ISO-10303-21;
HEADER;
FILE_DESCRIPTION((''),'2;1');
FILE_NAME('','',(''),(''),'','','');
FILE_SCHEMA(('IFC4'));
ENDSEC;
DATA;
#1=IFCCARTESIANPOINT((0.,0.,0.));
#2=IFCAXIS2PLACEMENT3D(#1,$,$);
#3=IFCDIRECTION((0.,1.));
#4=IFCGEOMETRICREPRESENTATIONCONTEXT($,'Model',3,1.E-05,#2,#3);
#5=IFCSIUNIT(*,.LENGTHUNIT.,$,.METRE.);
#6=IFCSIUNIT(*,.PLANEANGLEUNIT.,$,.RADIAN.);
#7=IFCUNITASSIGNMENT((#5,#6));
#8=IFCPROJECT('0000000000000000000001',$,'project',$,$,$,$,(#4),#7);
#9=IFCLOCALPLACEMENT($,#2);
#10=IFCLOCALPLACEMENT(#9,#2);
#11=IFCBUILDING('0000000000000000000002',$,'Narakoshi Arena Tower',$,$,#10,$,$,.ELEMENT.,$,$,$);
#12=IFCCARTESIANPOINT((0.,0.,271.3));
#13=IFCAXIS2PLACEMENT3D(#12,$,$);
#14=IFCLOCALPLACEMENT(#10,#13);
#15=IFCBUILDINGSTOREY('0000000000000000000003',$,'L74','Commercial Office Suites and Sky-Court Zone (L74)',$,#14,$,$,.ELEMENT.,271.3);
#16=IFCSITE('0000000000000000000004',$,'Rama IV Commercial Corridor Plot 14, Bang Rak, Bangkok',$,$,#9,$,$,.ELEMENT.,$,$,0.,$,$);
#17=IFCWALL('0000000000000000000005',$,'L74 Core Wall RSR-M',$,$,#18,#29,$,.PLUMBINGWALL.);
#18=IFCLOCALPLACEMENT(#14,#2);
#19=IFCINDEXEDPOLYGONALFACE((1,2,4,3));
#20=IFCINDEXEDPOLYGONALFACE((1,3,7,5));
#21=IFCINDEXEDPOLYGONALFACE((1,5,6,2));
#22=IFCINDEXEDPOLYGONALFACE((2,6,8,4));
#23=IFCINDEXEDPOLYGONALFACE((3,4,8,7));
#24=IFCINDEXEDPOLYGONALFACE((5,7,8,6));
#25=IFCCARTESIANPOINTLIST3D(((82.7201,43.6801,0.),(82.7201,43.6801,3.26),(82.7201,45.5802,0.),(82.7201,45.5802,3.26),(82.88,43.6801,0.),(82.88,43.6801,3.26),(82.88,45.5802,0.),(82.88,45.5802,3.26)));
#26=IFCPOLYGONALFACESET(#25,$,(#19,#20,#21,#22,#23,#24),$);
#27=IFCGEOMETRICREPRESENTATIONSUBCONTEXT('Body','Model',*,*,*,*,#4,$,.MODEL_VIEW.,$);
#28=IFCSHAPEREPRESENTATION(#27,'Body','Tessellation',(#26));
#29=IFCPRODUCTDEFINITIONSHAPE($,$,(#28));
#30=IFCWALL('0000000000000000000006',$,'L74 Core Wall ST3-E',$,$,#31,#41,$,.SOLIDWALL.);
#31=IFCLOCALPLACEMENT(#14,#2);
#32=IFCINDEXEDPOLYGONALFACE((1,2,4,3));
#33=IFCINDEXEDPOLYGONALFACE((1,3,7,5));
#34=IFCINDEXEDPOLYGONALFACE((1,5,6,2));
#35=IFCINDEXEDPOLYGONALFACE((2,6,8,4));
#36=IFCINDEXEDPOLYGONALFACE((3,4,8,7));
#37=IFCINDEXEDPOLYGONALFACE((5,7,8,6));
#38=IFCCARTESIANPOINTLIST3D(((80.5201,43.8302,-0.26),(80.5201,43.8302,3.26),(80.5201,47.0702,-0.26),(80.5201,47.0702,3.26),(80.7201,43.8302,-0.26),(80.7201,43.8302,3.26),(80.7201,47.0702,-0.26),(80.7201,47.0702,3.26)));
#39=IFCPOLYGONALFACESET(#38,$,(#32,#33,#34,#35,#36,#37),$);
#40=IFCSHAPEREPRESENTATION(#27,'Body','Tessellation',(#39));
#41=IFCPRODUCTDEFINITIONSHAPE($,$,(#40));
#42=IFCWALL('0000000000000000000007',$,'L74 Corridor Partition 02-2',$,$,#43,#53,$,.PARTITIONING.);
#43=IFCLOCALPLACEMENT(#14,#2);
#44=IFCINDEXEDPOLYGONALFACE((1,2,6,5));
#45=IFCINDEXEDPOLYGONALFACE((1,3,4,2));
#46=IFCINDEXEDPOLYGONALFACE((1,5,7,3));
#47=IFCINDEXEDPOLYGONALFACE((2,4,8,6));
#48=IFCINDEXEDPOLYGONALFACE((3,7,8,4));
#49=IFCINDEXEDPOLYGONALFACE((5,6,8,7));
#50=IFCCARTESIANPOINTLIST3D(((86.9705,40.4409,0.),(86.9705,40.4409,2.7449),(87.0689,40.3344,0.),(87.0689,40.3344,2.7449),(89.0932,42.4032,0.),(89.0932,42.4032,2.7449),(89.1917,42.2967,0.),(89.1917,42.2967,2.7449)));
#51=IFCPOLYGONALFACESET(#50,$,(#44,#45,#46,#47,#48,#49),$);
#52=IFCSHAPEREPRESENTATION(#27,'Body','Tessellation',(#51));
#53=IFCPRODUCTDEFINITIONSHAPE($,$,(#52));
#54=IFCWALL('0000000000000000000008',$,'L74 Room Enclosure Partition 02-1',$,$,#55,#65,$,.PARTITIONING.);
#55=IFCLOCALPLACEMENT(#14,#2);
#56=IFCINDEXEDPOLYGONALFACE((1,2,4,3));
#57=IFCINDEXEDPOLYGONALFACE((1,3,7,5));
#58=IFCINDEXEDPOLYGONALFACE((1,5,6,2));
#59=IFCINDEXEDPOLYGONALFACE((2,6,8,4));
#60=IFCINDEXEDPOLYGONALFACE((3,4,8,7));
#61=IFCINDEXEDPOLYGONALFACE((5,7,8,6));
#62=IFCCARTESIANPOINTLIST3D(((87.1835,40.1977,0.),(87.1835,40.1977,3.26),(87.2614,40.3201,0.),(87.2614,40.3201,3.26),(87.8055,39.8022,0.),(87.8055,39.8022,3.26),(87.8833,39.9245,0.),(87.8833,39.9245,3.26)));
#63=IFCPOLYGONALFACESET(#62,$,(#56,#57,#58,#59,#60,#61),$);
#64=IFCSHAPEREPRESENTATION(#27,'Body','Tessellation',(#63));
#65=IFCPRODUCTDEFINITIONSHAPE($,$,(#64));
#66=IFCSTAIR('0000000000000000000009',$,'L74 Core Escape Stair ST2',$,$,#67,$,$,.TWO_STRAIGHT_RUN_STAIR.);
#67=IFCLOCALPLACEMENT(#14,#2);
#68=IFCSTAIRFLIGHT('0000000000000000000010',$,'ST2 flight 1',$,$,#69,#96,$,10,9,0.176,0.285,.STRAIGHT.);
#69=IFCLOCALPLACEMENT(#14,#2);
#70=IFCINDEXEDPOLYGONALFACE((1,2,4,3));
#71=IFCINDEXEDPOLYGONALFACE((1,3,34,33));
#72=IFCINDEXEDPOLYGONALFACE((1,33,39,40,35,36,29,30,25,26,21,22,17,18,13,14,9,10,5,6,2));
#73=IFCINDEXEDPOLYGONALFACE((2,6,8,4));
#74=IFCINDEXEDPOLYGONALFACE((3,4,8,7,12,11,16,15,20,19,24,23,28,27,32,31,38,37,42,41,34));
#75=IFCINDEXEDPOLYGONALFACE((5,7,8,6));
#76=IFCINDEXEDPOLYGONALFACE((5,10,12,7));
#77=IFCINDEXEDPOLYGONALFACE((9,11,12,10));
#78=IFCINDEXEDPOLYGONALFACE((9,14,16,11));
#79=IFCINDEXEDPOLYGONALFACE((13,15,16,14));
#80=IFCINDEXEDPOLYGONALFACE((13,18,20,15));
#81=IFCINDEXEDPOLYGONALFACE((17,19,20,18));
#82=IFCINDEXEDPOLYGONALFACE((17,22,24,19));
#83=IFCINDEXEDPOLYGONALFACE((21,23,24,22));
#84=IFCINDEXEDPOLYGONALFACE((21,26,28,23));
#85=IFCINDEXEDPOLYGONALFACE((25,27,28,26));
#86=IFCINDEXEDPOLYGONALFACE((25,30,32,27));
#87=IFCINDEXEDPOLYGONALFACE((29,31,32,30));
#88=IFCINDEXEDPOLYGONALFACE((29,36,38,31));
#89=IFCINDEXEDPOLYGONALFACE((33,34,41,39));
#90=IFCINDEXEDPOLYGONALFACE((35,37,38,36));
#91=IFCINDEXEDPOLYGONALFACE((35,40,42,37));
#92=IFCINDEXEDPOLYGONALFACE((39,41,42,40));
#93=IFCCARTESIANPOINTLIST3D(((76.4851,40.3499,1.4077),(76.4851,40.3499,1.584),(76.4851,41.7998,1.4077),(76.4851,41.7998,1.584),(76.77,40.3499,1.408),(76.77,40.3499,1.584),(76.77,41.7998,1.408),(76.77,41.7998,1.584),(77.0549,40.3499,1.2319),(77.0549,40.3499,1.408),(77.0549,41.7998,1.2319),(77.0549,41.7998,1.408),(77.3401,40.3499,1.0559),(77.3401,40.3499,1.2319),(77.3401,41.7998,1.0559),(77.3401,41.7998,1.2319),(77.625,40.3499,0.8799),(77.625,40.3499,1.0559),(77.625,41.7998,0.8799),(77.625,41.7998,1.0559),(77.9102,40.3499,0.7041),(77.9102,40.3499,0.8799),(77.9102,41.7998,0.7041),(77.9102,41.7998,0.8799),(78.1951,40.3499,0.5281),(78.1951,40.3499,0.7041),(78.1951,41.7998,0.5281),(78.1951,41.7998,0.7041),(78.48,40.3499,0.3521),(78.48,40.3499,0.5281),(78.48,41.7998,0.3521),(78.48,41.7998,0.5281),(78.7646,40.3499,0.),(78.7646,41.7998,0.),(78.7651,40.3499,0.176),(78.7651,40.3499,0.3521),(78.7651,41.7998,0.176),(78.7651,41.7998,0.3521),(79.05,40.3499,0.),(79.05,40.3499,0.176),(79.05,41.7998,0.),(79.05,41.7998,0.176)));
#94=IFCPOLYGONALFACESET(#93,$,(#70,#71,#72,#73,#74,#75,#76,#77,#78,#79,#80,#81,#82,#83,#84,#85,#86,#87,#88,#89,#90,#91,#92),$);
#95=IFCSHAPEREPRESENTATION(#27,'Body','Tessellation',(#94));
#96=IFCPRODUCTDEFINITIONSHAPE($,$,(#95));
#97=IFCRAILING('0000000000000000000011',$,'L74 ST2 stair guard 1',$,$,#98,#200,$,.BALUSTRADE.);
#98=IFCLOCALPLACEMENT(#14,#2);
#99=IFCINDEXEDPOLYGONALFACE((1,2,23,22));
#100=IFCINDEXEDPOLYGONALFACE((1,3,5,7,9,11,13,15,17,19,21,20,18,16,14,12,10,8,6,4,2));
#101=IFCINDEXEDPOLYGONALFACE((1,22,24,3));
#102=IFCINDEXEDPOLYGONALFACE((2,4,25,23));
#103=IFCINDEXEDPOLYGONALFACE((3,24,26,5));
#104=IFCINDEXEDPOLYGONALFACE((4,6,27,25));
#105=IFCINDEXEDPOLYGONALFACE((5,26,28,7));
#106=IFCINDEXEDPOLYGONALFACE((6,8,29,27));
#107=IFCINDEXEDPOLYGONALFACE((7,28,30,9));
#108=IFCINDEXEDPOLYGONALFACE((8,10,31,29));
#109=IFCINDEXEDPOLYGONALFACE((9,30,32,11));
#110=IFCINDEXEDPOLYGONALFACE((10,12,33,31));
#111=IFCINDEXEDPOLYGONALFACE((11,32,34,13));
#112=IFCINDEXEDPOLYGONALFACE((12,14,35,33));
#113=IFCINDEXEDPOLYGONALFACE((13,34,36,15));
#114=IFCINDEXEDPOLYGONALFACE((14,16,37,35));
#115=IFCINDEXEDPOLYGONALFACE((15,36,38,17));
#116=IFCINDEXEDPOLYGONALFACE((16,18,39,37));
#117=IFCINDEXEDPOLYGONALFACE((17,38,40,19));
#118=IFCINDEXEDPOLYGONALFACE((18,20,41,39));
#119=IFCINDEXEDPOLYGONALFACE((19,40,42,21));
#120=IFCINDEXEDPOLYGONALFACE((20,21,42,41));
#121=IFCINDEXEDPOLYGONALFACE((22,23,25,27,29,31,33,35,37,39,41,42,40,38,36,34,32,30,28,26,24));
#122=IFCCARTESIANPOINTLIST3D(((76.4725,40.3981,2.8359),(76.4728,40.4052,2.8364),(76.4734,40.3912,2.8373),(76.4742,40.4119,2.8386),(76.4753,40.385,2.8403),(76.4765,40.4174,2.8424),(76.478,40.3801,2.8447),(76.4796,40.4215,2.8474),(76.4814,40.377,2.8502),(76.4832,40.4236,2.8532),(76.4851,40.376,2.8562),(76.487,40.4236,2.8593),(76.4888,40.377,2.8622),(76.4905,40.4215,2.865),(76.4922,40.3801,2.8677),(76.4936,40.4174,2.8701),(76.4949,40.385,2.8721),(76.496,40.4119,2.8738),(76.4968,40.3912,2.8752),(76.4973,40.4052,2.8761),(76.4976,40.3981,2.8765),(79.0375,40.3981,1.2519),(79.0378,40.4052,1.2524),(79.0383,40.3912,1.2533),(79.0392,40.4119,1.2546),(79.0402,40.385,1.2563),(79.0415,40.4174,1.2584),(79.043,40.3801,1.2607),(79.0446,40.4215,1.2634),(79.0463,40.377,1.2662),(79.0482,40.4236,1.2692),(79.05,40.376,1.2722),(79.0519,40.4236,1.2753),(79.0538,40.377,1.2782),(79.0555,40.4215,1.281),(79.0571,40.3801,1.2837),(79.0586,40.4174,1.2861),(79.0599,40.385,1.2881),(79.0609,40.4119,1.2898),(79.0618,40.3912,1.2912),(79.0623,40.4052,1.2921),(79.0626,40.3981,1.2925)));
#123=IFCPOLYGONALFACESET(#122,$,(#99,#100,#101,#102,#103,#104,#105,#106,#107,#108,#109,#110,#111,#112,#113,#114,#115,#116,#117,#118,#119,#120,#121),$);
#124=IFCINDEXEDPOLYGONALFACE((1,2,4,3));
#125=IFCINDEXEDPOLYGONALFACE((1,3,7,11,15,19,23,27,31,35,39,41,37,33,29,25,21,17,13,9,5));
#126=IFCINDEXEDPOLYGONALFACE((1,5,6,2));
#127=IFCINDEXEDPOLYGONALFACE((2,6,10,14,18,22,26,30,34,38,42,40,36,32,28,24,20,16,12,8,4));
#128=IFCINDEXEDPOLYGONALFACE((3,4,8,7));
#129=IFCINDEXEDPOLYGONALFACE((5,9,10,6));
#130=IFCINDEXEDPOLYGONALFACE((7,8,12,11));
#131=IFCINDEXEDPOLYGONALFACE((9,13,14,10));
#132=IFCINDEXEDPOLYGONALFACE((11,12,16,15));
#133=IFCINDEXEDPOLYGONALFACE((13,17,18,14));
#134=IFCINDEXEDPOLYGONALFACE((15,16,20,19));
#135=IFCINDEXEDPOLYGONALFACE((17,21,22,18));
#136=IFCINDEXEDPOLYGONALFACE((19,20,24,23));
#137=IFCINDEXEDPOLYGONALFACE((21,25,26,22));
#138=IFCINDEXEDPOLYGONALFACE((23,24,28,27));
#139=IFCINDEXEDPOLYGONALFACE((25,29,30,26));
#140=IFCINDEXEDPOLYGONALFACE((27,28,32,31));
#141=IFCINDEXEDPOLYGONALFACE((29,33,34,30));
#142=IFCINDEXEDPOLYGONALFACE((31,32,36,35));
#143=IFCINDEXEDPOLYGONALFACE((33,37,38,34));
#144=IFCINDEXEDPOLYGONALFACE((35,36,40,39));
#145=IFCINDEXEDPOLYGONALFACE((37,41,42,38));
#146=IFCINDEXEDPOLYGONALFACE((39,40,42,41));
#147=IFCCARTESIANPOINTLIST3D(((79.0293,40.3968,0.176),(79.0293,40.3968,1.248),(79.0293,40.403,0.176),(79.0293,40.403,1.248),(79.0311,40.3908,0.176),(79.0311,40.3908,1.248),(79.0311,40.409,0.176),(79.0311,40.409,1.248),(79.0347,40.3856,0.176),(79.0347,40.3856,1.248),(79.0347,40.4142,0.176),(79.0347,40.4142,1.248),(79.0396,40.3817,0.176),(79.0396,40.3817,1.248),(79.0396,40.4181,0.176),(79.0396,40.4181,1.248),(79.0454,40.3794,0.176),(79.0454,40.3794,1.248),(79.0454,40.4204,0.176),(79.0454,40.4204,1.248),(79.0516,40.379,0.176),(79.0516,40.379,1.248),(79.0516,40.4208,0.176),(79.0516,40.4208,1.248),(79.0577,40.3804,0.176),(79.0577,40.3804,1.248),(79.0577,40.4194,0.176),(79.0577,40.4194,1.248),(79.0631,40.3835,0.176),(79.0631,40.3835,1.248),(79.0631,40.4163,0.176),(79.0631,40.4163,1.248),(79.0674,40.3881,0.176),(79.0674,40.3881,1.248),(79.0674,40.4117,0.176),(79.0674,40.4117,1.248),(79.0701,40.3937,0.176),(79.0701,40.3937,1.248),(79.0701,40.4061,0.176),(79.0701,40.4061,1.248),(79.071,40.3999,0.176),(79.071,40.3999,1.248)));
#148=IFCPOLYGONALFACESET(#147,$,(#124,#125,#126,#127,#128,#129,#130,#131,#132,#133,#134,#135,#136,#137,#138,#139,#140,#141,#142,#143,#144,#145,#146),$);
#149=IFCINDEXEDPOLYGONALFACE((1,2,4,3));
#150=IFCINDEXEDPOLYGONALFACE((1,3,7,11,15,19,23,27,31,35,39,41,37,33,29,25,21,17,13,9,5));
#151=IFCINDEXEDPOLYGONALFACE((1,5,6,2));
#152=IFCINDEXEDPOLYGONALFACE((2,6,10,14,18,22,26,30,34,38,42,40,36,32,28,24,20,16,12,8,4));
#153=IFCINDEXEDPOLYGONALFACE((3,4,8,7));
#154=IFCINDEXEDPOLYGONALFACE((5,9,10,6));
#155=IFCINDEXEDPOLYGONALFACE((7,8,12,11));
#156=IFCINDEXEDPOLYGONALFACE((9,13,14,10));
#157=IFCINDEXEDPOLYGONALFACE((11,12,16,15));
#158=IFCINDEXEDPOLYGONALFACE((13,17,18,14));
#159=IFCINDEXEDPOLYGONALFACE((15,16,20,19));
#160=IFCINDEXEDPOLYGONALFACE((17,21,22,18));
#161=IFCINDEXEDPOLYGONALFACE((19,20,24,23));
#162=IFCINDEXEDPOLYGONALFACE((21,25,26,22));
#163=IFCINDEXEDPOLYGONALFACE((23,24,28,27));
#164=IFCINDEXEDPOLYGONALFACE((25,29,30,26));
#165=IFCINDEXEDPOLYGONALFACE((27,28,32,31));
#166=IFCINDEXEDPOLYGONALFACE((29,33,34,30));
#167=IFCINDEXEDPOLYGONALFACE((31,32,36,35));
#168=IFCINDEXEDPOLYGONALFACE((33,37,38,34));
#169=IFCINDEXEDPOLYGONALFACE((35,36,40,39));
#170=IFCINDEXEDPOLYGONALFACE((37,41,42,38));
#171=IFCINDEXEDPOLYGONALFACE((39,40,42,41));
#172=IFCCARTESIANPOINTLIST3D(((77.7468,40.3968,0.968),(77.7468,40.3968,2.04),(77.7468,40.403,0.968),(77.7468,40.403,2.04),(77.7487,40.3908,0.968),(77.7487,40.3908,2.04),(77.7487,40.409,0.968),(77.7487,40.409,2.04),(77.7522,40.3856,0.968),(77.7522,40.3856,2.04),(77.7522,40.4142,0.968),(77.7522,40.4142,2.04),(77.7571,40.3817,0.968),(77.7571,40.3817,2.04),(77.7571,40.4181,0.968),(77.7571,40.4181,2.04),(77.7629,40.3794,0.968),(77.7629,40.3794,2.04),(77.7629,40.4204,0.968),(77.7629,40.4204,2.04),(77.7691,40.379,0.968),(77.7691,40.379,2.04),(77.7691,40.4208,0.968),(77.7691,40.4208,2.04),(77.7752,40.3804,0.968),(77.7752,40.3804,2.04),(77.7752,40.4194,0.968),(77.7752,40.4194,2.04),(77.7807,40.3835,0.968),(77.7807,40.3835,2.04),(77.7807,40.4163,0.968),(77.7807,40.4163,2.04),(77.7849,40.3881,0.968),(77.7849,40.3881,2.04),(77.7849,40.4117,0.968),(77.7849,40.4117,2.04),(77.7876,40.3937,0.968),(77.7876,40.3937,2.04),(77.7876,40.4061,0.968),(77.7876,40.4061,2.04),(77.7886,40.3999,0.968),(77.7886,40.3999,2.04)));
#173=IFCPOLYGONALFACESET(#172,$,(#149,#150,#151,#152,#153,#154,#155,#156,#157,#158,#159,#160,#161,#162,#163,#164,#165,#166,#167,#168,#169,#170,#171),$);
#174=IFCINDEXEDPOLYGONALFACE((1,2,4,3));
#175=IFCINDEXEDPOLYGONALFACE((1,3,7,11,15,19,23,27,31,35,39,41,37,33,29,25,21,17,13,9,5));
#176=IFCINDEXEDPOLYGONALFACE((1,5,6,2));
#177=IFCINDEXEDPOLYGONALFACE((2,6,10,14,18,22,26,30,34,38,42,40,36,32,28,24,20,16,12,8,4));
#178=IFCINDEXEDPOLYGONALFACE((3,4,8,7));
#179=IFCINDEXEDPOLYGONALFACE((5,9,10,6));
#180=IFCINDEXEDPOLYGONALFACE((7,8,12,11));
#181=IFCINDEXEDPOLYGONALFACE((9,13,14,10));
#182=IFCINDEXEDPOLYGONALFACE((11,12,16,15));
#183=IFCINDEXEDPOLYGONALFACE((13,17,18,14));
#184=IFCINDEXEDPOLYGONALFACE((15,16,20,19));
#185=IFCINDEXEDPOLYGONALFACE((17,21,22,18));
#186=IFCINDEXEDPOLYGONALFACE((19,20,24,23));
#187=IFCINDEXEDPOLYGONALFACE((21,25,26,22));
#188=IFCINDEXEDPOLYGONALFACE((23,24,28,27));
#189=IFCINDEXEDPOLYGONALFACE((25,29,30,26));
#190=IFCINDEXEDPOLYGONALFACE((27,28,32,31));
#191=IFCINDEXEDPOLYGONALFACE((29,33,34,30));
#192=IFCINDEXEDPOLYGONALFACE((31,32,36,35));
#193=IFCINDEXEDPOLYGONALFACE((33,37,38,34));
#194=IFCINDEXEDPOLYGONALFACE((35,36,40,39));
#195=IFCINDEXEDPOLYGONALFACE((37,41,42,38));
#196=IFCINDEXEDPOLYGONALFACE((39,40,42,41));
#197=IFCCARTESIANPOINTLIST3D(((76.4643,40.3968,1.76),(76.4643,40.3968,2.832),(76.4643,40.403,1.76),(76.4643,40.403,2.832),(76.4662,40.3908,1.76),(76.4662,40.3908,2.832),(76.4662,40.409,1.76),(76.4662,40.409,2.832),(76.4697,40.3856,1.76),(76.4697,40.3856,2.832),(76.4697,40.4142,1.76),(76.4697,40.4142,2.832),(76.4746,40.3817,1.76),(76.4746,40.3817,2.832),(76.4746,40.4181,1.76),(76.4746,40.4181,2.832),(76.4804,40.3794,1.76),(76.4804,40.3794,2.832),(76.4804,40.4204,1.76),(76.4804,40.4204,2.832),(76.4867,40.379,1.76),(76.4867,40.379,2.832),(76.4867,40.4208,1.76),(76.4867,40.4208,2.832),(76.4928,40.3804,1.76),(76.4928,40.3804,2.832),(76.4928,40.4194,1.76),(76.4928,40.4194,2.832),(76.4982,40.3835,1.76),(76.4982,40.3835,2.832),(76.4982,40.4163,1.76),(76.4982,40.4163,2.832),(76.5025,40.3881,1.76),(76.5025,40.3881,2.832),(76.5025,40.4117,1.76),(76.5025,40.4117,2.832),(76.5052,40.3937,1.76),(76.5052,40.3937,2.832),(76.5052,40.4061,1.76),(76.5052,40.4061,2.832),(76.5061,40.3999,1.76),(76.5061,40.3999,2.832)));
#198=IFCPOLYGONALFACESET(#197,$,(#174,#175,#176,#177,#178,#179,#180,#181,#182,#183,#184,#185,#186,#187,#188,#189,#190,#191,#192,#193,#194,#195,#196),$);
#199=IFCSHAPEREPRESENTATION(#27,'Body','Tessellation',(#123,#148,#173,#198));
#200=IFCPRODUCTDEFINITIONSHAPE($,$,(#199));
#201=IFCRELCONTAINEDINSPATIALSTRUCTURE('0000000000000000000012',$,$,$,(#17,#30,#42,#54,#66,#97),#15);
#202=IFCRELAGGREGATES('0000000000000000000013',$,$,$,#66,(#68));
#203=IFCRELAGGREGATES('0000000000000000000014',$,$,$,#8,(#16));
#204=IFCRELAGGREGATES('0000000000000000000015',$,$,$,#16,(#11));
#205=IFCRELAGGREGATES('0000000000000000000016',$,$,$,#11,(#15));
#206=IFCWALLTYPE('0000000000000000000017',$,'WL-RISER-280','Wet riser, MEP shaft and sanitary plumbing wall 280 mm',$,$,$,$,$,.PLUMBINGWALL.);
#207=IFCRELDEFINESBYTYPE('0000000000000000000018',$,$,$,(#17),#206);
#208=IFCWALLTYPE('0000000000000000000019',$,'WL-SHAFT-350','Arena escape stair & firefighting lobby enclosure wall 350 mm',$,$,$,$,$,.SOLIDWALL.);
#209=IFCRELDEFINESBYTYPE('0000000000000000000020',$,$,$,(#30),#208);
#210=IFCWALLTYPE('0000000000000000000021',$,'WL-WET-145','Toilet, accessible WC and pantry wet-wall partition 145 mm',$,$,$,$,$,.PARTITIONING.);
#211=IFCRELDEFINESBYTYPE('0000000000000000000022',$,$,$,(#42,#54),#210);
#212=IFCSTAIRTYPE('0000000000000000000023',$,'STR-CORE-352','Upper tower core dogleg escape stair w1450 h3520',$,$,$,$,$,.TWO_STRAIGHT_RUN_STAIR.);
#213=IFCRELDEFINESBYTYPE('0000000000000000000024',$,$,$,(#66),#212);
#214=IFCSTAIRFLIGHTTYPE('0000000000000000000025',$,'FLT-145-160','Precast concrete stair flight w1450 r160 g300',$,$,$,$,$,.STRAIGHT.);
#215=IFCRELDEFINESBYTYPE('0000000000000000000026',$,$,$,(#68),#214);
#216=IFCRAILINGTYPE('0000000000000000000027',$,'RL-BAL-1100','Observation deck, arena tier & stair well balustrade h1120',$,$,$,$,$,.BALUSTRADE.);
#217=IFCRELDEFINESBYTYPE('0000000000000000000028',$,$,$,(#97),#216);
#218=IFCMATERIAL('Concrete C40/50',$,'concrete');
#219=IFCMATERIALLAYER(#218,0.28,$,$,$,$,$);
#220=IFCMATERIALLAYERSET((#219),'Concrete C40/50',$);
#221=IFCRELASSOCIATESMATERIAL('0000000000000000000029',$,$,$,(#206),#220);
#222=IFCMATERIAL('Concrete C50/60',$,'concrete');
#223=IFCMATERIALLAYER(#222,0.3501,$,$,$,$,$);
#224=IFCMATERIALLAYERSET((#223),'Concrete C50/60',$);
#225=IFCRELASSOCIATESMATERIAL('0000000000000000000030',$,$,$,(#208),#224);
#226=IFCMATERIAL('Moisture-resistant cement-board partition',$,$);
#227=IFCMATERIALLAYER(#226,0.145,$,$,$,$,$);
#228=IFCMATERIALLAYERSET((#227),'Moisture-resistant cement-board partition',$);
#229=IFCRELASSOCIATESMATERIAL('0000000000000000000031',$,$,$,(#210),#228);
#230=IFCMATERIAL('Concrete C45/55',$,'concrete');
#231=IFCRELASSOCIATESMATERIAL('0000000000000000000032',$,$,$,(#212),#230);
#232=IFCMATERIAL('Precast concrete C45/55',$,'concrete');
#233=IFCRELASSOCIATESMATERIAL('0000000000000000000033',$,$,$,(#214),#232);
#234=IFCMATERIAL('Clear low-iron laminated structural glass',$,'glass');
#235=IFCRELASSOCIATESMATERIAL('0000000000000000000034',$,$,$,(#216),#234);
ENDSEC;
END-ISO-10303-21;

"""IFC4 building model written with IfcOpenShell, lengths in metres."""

from ifc_helpers import new_model, si_unit, direction, frame, frame_2d, origin, origin_2d, place, context, subcontext, project, spatial, polyline, rectangle, circle, outline, extrude, material, layer, layer_set, type_object, element, aggregate, save


model = new_model("IFC4")

# Units and contexts
model_context = context("Model", 3, precision=1e-05, world=origin(), true_north=direction((0.0, 1.0)))
body_context = subcontext(model_context, "Body", "Model", "MODEL_VIEW")
ifc_project = project(units=[si_unit("LENGTHUNIT", "METRE"), si_unit("PLANEANGLEUNIT", "RADIAN")], contexts=[model_context])

# Site, building, storey
site_placement = place(None, origin())
site = spatial("IfcSite", under=ifc_project, at=site_placement, Name="Rama IV Commercial Corridor Plot 14, Bang Rak, Bangkok", CompositionType="ELEMENT", RefElevation=0.0)
building_placement = place(site_placement, origin())
building = spatial("IfcBuilding", under=site, at=building_placement, Name="Narakoshi Arena Tower", CompositionType="ELEMENT")
storey_placement = place(building_placement, frame((0.0, 0.0, 271.3)))
storey = spatial("IfcBuildingStorey", under=building, at=storey_placement, Name="L74", Description="Commercial Office Suites and Sky-Court Zone (L74)", CompositionType="ELEMENT", Elevation=271.3)

# Shared definitions
ifc_material_1 = material(Name="Concrete C50/60", Category="concrete")

# Walls
ifc_material_2 = material(Name="Concrete C40/50", Category="concrete")
ifc_layer_1 = layer(ifc_material_2, 0.28)
ifc_layer_set_1 = layer_set([ifc_layer_1], Name="Concrete C40/50")
wall_type_1 = type_object("IfcWallType", Name="WL-RISER-280", Description="Wet riser, MEP shaft and sanitary plumbing wall 280 mm", PredefinedType="PLUMBINGWALL", material=ifc_layer_set_1)
wall_1_placement = place(storey_placement, frame((82.8, 43.6799, 0.0), z_axis=(0.0, 0.0, 1.0), x_axis=(0.0, 1.0, 0.0)))
element("IfcWall", 1, at=wall_1_placement, inside=storey, type_object=wall_type_1, Name="L74 Core Wall RSR-M", PredefinedType="PLUMBINGWALL", context=body_context, shape_type="SweptSolid", body=[
    extrude(rectangle(XDim=1.9001, YDim=0.1599, at=frame_2d((0.9502, 0.0))), origin(), (0.0, 0.0, 1.0), 3.26),
])
ifc_layer_2 = layer(ifc_material_1, 0.3501)
ifc_layer_set_2 = layer_set([ifc_layer_2], Name="Concrete C50/60")
wall_type_2 = type_object("IfcWallType", Name="WL-SHAFT-350", Description="Arena escape stair & firefighting lobby enclosure wall 350 mm", PredefinedType="SOLIDWALL", material=ifc_layer_set_2)
wall_2_placement = place(storey_placement, frame((80.6201, 43.8301, -0.26), z_axis=(0.0, 0.0, 1.0), x_axis=(0.0, 1.0, 0.0)))
element("IfcWall", 2, at=wall_2_placement, inside=storey, type_object=wall_type_2, Name="L74 Core Wall ST3-E", PredefinedType="SOLIDWALL", context=body_context, shape_type="SweptSolid", body=[
    extrude(rectangle(XDim=3.24, YDim=0.2, at=frame_2d((1.6201, 0.0))), origin(), (0.0, 0.0, 1.0), 3.52),
])

# Shared definitions
ifc_material_3 = material(Name="Moisture-resistant cement-board partition")
ifc_layer_3 = layer(ifc_material_3, 0.145)
ifc_layer_set_3 = layer_set([ifc_layer_3], Name="Moisture-resistant cement-board partition")
wall_type_3 = type_object("IfcWallType", Name="WL-WET-145", Description="Toilet, accessible WC and pantry wet-wall partition 145 mm", PredefinedType="PARTITIONING", material=ifc_layer_set_3)

# Walls
wall_3_placement = place(storey_placement, frame((87.0198, 40.3877, 0.0), z_axis=(0.0, 0.0, 1.0), x_axis=(0.734305, 0.67882, 0.0)))
element("IfcWall", 3, at=wall_3_placement, inside=storey, type_object=wall_type_3, Name="L74 Corridor Partition 02-2", PredefinedType="PARTITIONING", context=body_context, shape_type="SweptSolid", body=[
    extrude(rectangle(XDim=2.8909, YDim=0.145, at=frame_2d((1.4453, 0.0))), origin(), (0.0, 0.0, 1.0), 2.7449),
])
wall_4_placement = place(storey_placement, frame((87.8445, 39.8633, 0.0), z_axis=(0.0, 0.0, 1.0), x_axis=(-0.843784, 0.536683, 0.0)))
element("IfcWall", 4, at=wall_4_placement, inside=storey, type_object=wall_type_3, Name="L74 Room Enclosure Partition 02-1", PredefinedType="PARTITIONING", context=body_context, shape_type="SweptSolid", body=[
    extrude(rectangle(XDim=0.7371, YDim=0.145, at=frame_2d((0.3687, 0.0))), origin(), (0.0, 0.0, 1.0), 3.26),
])

# Stair, stair flight
ifc_material_4 = material(Name="Concrete C45/55", Category="concrete")
stair_type = type_object("IfcStairType", Name="STR-CORE-352", Description="Upper tower core dogleg escape stair w1450 h3520", PredefinedType="TWO_STRAIGHT_RUN_STAIR", material=ifc_material_4)
stair_placement = place(storey_placement, origin())
stair = element("IfcStair", 5, at=stair_placement, inside=storey, type_object=stair_type, Name="L74 Core Escape Stair ST2", PredefinedType="TWO_STRAIGHT_RUN_STAIR")
ifc_material_5 = material(Name="Precast concrete C45/55", Category="concrete")
stair_flight_type = type_object("IfcStairFlightType", Name="FLT-145-160", Description="Precast concrete stair flight w1450 r160 g300", PredefinedType="STRAIGHT", material=ifc_material_5)
stair_flight_placement = place(storey_placement, frame((79.05, 41.075, 0.0), z_axis=(0.0, 0.0, 1.0), x_axis=(-1.0, 0.0, 0.0)))
stair_flight = element("IfcStairFlight", 6, at=stair_flight_placement, type_object=stair_flight_type, Name="ST2 flight 1", NumberOfRisers=10, NumberOfTreads=9, PredefinedType="STRAIGHT", RiserHeight=0.176, TreadLength=0.285, context=body_context, shape_type="SweptSolid", body=[
    extrude(outline(polyline([(0.0, 0.0), (0.0, 0.176), (0.2849, 0.176), (0.2849, 0.3521), (0.5701, 0.3521), (0.5701, 0.5281), (0.855, 0.5281), (0.855, 0.7041), (1.1399, 0.7041), (1.1399, 0.8799), (1.425, 0.8799), (1.425, 1.0559), (1.71, 1.0559), (1.71, 1.2319), (1.9951, 1.2319), (1.9951, 1.408), (2.28, 1.408), (2.28, 1.584), (2.5649, 1.584), (2.5649, 1.76), (2.5649, 1.4077), (0.2854, 0.0), (0.0, 0.0)])), frame((0.0, 0.7251, 0.0), z_axis=(0.0, -1.0, 0.0), x_axis=(1.0, 0.0, 0.0)), (0.0, 0.0, 1.0), 1.45),
])
aggregate(stair, [stair_flight])

# Railing
ifc_material_6 = material(Name="Clear low-iron laminated structural glass", Category="glass")
railing_type_1 = type_object("IfcRailingType", Name="RL-BAL-1100", Description="Observation deck, arena tier & stair well balustrade h1120", PredefinedType="BALUSTRADE", material=ifc_material_6)
railing_1_placement = place(storey_placement, frame((79.05, 40.3999, 0.176)))
element("IfcRailing", 7, at=railing_1_placement, inside=storey, type_object=railing_type_1, Name="L74 ST2 stair guard 1", PredefinedType="BALUSTRADE", context=body_context, shape_type="SweptSolid", body=[
    extrude(circle(Radius=0.0239, at=origin_2d()), frame((0.0, 0.0, 1.0962), z_axis=(-0.850834, 0.0, 0.525434), x_axis=(0.0, -1.0, 0.0)), (0.0, 0.0, 1.0), 3.0146),
    extrude(circle(Radius=0.021, at=origin_2d()), origin(), (0.0, 0.0, 1.0), 1.072),
    extrude(circle(Radius=0.021, at=origin_2d()), frame((-1.2825, 0.0, 0.792)), (0.0, 0.0, 1.0), 1.072),
    extrude(circle(Radius=0.021, at=origin_2d()), frame((-2.5649, 0.0, 1.584)), (0.0, 0.0, 1.0), 1.072),
])

save(model, "model.ifc")
